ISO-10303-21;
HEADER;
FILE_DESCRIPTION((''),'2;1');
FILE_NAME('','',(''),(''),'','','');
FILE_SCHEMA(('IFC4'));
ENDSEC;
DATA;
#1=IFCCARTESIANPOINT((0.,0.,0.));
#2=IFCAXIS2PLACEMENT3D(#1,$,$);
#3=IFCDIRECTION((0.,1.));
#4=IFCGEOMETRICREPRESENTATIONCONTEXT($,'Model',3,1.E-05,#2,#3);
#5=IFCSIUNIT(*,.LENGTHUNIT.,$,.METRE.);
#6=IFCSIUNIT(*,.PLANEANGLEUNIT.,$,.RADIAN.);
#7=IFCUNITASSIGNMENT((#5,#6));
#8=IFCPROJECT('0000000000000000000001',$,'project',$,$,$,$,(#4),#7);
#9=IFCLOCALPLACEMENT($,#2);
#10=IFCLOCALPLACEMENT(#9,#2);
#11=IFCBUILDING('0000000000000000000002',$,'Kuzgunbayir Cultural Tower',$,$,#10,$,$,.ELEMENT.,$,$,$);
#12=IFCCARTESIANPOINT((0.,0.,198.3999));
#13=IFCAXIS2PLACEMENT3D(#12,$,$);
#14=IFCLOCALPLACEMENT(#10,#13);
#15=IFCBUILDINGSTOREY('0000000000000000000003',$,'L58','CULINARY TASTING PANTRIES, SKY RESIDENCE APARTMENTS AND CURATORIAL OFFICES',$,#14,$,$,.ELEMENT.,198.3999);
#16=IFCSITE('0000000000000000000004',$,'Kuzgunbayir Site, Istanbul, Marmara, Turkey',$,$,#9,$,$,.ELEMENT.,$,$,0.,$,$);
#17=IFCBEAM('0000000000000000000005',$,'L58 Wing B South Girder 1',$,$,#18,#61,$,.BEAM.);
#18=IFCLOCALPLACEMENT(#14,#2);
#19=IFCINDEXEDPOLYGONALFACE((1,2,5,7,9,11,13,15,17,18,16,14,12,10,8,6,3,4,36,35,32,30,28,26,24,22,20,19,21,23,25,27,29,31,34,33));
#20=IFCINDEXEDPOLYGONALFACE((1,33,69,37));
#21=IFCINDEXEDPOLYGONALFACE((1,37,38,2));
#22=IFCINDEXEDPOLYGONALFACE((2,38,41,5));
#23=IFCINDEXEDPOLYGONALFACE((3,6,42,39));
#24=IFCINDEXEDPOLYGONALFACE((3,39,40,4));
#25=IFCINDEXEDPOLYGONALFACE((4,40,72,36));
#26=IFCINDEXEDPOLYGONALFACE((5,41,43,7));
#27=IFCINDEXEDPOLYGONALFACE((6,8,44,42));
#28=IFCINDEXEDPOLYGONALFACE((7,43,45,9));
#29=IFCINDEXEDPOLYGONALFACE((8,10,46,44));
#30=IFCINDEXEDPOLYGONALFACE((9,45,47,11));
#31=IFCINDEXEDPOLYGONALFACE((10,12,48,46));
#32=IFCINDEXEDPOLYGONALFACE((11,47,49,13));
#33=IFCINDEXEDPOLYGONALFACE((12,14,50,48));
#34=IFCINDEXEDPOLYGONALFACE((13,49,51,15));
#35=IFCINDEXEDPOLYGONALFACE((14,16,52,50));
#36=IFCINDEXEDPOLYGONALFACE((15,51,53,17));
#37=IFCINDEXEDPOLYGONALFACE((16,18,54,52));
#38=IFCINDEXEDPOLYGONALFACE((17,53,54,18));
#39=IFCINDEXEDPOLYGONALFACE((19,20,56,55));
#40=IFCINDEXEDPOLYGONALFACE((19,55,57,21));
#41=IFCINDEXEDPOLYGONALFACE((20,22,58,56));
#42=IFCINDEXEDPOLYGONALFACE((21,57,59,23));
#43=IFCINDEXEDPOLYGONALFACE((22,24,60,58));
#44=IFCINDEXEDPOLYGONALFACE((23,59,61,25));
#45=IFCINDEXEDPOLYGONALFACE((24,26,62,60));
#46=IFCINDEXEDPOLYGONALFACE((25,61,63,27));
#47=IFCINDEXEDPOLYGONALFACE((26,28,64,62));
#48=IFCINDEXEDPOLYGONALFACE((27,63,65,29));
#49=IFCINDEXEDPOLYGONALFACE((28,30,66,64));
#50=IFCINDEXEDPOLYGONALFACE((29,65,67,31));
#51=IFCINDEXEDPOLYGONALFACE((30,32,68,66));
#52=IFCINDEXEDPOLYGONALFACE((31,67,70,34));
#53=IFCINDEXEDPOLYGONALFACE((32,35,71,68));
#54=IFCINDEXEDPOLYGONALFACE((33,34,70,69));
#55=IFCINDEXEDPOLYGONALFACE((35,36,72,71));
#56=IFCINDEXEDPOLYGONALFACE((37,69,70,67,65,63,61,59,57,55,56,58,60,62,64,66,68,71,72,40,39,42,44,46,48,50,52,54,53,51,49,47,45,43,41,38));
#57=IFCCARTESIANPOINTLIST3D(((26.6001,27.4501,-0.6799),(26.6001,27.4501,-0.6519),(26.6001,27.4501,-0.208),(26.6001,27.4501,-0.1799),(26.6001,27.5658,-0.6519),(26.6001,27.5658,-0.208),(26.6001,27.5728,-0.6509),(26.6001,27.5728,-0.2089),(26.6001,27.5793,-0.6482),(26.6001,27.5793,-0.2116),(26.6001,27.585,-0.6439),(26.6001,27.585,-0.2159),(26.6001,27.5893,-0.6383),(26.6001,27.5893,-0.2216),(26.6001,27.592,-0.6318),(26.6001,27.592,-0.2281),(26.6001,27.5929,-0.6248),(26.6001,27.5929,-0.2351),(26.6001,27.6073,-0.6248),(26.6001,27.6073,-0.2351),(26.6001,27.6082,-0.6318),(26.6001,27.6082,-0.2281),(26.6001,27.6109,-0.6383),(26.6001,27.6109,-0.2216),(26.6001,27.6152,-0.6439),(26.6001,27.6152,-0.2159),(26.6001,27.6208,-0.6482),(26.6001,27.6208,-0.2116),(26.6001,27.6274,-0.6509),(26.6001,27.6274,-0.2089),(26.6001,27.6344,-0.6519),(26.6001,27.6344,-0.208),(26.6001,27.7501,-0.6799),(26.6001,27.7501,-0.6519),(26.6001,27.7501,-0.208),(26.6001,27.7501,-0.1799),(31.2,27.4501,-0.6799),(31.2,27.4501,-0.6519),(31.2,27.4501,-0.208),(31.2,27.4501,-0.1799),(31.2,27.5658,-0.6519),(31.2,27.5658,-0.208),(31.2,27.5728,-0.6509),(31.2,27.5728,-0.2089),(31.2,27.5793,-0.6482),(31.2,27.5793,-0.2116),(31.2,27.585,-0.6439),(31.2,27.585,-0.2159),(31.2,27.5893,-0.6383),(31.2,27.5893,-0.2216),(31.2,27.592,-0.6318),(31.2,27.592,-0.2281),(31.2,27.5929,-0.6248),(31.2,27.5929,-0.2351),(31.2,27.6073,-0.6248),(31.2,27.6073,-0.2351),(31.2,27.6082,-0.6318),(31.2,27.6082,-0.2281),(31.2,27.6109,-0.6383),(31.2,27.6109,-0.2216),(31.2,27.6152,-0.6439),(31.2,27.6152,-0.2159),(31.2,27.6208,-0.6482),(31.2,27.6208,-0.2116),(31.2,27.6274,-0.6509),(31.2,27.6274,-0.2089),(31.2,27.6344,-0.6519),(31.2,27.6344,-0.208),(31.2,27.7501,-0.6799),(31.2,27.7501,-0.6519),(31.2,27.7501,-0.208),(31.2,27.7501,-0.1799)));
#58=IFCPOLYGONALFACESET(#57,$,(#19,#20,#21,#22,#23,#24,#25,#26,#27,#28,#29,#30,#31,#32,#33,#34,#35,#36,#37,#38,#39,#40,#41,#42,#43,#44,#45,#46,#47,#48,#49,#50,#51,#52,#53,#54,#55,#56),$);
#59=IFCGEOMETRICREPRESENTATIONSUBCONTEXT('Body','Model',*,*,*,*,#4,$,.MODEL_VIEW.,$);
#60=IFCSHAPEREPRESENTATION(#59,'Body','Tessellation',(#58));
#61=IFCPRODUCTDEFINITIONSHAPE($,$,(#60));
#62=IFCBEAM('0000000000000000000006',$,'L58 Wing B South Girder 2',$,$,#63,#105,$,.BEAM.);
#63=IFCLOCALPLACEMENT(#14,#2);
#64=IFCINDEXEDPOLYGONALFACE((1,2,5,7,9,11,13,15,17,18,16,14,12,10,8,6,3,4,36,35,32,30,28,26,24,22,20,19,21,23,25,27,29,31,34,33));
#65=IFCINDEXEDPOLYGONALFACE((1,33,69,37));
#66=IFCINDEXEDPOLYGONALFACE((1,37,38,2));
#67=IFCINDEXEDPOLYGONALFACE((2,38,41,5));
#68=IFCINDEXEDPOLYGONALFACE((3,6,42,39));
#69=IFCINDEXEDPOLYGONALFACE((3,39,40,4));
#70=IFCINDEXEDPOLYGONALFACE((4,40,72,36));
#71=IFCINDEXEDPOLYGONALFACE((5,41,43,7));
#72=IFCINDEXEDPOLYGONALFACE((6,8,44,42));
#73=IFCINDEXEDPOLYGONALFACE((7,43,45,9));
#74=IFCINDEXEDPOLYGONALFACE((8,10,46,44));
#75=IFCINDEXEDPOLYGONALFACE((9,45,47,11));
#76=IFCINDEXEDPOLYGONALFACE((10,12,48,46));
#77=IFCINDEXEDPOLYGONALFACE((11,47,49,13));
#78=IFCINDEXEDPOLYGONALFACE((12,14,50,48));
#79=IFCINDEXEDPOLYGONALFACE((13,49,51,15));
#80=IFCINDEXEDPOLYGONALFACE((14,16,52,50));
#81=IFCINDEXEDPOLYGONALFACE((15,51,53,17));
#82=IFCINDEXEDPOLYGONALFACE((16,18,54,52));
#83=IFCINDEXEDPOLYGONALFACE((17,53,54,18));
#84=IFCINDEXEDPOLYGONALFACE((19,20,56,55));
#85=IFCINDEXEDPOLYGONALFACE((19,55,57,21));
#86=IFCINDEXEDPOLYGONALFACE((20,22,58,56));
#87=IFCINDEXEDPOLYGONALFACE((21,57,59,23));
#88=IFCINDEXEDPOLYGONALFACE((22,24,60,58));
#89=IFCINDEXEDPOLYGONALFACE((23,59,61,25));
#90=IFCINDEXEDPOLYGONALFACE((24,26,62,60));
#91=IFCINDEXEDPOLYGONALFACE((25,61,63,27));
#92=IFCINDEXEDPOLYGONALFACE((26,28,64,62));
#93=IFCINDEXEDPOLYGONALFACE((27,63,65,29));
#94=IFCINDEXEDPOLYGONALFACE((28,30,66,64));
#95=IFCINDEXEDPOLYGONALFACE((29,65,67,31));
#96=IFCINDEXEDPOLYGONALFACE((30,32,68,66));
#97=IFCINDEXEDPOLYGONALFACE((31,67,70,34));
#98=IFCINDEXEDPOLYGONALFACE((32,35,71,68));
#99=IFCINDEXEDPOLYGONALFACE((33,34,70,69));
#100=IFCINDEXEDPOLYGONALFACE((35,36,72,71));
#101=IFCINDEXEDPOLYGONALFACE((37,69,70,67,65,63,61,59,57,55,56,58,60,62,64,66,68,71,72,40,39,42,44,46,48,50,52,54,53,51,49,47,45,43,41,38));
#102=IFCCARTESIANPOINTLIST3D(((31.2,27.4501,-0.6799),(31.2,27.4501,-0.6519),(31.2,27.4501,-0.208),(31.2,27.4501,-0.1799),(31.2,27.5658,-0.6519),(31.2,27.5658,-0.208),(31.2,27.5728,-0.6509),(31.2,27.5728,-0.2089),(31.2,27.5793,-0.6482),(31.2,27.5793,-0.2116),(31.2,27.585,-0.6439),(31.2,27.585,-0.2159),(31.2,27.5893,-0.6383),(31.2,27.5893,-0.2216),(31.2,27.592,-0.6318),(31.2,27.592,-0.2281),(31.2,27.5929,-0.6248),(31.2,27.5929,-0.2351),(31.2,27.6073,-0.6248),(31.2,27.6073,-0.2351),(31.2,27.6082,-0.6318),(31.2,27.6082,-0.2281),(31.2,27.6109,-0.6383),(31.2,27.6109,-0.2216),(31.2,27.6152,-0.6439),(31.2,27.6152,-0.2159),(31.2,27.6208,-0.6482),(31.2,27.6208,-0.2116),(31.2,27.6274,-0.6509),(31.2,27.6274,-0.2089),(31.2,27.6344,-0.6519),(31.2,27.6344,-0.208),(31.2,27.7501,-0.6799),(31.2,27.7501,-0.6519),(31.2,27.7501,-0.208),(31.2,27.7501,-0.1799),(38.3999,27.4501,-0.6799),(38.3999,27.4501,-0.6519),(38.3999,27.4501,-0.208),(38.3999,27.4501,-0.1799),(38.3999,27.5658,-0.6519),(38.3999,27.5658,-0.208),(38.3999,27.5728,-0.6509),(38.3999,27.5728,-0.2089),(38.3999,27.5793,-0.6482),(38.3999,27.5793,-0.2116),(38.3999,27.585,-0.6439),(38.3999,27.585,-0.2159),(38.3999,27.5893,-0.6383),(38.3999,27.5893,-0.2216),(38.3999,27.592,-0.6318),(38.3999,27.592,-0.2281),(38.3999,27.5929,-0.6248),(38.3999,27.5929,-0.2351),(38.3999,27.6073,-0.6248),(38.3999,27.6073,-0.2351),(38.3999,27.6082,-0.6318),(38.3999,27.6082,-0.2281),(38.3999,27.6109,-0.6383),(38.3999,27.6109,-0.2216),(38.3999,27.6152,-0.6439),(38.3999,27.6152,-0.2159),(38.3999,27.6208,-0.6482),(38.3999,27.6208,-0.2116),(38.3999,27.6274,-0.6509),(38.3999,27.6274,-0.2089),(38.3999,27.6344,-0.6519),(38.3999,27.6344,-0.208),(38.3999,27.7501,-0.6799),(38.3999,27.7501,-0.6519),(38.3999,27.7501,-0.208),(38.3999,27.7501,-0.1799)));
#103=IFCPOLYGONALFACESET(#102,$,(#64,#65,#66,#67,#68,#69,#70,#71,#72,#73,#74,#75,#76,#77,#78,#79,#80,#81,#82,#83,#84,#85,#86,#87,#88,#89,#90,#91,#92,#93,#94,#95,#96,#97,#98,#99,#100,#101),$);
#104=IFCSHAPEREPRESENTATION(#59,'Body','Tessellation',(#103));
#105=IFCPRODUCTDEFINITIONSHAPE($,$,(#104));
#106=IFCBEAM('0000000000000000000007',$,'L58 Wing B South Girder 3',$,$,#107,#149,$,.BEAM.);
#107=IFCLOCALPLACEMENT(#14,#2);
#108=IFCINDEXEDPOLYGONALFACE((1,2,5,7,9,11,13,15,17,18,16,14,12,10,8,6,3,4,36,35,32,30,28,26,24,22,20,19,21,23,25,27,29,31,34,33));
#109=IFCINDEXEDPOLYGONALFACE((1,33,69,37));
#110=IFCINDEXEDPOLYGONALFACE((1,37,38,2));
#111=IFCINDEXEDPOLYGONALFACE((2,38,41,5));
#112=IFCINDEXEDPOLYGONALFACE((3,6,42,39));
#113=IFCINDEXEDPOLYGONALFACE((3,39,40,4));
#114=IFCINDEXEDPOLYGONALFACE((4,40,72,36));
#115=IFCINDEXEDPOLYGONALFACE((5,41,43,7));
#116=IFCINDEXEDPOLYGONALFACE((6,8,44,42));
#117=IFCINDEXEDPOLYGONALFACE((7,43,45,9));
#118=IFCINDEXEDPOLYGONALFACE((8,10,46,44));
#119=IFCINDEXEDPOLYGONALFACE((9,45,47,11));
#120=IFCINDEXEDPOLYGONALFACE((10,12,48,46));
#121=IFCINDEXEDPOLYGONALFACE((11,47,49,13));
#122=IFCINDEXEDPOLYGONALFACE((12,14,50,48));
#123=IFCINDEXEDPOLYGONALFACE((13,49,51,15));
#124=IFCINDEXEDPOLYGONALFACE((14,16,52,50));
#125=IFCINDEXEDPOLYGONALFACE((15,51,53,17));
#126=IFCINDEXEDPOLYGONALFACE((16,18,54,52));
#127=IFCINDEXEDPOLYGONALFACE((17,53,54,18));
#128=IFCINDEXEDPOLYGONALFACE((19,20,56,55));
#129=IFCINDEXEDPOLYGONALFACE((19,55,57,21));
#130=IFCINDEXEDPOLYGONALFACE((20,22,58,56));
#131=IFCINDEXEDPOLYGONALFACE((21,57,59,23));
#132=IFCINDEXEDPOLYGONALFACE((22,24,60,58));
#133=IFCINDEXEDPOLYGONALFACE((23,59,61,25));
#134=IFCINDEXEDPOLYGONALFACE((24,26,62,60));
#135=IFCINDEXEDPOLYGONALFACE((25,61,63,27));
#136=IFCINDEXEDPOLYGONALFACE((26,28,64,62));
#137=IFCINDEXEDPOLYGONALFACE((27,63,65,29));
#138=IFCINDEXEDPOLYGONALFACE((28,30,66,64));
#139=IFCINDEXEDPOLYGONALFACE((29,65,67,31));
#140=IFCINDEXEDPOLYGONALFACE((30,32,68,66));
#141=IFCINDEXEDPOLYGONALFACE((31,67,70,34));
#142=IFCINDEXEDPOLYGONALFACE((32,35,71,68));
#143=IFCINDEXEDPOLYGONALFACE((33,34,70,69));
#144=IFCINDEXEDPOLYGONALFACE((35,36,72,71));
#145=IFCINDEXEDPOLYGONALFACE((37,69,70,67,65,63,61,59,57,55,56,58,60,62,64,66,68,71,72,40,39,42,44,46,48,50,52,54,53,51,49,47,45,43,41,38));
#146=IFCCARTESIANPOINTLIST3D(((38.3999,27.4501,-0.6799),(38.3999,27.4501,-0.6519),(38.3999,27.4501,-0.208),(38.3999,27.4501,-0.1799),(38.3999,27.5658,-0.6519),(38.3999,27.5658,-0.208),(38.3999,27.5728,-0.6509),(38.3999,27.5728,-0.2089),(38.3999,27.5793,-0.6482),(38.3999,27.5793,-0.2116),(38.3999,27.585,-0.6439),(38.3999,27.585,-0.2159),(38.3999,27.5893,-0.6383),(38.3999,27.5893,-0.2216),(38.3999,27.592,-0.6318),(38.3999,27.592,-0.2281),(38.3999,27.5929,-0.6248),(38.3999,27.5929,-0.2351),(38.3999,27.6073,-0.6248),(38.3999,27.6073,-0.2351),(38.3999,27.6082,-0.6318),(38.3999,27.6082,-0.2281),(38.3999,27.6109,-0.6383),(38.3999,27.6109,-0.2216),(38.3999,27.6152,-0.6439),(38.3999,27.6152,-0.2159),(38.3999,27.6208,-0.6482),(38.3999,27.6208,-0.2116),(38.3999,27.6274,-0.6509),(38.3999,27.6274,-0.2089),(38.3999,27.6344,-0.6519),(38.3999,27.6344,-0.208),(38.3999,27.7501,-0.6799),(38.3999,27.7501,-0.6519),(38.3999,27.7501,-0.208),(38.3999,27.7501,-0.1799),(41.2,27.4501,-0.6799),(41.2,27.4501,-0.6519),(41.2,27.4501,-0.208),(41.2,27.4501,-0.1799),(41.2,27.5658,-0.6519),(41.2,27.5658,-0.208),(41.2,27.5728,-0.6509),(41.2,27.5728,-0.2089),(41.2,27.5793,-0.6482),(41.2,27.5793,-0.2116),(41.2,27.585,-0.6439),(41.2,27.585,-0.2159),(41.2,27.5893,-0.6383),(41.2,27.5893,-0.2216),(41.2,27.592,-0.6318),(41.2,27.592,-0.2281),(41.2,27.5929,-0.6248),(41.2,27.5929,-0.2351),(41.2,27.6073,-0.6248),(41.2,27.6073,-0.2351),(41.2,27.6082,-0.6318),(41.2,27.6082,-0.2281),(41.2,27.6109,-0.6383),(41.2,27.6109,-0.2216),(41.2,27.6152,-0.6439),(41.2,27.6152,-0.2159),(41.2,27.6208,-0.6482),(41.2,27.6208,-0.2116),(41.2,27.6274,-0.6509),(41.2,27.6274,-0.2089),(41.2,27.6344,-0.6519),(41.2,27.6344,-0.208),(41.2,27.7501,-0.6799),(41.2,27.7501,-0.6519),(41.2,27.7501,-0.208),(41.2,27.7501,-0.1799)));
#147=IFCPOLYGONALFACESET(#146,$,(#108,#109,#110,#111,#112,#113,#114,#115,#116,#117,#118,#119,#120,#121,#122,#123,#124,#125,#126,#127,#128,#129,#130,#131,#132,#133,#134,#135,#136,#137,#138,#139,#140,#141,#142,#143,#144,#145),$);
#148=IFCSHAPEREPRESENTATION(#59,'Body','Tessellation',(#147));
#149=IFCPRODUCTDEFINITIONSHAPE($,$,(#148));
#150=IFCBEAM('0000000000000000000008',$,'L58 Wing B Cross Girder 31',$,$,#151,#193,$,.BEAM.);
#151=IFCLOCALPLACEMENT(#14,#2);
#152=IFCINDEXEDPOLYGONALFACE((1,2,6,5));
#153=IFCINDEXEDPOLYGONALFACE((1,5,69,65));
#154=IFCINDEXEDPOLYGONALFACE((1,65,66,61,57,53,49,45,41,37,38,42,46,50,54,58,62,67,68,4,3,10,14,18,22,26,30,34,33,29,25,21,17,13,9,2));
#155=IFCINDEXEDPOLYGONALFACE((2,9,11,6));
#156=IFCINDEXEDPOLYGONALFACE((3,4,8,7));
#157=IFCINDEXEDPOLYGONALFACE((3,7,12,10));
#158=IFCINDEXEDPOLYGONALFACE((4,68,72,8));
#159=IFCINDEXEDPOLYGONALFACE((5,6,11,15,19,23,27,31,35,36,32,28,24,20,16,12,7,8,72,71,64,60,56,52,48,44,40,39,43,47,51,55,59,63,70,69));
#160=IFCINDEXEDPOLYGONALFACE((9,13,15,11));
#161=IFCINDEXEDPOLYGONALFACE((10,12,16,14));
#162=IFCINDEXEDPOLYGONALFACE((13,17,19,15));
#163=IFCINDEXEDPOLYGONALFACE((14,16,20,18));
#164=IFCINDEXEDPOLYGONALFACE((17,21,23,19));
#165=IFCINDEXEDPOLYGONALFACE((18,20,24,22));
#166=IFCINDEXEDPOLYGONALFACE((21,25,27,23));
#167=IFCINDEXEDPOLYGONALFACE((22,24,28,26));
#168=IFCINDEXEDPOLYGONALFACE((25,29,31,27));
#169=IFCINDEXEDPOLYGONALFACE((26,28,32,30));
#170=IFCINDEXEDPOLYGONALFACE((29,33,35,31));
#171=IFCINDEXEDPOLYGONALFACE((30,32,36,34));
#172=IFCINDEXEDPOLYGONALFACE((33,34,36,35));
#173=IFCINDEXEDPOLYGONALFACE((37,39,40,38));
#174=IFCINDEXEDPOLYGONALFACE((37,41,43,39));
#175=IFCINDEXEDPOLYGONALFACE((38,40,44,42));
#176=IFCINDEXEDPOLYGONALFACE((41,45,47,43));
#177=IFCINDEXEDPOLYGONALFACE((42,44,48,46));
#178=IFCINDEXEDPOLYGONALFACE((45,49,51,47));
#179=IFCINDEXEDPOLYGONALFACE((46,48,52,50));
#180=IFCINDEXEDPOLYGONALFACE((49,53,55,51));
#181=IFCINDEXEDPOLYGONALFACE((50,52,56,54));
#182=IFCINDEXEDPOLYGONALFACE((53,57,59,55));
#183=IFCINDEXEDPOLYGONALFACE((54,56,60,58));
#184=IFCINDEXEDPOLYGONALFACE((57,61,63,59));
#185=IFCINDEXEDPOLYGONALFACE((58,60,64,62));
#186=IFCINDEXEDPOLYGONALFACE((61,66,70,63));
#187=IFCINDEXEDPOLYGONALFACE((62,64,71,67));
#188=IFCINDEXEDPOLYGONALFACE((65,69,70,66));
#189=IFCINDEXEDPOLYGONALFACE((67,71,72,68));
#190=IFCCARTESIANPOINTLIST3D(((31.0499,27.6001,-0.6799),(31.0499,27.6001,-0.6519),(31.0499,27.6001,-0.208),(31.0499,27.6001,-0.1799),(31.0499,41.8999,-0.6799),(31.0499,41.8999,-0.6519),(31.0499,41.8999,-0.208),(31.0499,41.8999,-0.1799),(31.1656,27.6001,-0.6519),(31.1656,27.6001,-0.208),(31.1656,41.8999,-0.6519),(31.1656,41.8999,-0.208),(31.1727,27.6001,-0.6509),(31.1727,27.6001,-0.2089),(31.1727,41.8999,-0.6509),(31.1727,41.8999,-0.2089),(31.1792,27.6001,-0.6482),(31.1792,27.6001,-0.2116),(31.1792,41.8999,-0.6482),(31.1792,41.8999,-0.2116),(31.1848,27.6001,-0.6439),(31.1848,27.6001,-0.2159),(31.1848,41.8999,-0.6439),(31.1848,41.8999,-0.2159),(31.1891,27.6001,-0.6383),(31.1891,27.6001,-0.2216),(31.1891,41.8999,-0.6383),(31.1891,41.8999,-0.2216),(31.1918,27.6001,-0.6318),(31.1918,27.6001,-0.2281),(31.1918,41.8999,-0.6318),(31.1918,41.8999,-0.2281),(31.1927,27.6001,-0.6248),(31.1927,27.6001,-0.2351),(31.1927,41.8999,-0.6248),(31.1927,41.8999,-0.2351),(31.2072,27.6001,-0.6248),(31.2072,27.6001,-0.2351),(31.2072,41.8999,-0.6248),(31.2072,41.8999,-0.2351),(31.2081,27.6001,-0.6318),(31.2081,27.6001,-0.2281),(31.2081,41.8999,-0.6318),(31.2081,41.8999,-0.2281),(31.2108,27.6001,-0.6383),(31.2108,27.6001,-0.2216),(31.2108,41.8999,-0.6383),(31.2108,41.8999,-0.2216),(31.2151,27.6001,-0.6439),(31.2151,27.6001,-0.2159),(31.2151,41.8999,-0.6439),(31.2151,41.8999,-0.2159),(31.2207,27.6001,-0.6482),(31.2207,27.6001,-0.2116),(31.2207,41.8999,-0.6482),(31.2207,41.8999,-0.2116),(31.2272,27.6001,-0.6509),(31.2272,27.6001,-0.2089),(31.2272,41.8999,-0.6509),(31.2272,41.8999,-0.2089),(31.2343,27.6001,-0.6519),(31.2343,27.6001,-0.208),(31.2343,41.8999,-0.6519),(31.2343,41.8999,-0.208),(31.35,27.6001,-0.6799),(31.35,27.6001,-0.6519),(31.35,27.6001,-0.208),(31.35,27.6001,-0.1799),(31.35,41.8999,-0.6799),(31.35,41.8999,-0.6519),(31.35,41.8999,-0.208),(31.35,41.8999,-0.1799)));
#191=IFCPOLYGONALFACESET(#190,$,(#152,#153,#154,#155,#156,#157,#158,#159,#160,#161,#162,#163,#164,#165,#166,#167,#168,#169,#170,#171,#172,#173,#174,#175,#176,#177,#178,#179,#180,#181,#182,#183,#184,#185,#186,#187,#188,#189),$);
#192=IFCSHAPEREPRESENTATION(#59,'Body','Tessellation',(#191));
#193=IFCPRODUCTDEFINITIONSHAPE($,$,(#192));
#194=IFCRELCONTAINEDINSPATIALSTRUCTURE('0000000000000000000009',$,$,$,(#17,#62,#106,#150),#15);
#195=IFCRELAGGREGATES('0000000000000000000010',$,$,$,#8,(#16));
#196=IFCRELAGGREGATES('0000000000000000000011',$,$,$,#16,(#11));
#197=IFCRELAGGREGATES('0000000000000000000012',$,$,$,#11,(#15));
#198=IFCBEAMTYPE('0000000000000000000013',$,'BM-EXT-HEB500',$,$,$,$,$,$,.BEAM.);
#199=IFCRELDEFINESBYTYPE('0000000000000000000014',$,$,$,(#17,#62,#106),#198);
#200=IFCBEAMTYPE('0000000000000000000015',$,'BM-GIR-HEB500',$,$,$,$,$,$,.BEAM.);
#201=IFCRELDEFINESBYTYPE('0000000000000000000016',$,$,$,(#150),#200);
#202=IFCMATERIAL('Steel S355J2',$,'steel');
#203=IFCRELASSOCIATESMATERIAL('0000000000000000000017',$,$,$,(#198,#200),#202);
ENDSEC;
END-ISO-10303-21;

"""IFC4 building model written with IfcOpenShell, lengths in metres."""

from ifc_helpers import new_model, si_unit, direction, frame, origin, origin_2d, place, context, subcontext, project, spatial, i_section, extrude, material, material_profile, profile_set, type_object, element, save


model = new_model("IFC4")

# Units and contexts
model_context = context("Model", 3, precision=1e-05, world=origin(), true_north=direction((0.0, 1.0)))
body_context = subcontext(model_context, "Body", "Model", "MODEL_VIEW")
ifc_project = project(units=[si_unit("LENGTHUNIT", "METRE"), si_unit("PLANEANGLEUNIT", "RADIAN")], contexts=[model_context])

# Site, building, storey
site_placement = place(None, origin())
site = spatial("IfcSite", under=ifc_project, at=site_placement, Name="Kuzgunbayir Site, Istanbul, Marmara, Turkey", CompositionType="ELEMENT", RefElevation=0.0)
building_placement = place(site_placement, origin())
building = spatial("IfcBuilding", under=site, at=building_placement, Name="Kuzgunbayir Cultural Tower", CompositionType="ELEMENT")
storey_placement = place(building_placement, frame((0.0, 0.0, 198.3999)))
storey = spatial("IfcBuildingStorey", under=building, at=storey_placement, Name="L58", Description="CULINARY TASTING PANTRIES, SKY RESIDENCE APARTMENTS AND CURATORIAL OFFICES", CompositionType="ELEMENT", Elevation=198.3999)

# Beams
ifc_material_1 = material(Name="Steel S355J2", Category="steel")
ifc_material_profile_1 = material_profile(ifc_material_1, i_section(OverallWidth=0.3, OverallDepth=0.5, WebThickness=0.0144, FlangeThickness=0.0281, FilletRadius=0.0271, at=origin_2d()), Name="HEB 500")
ifc_profile_set_1 = profile_set([ifc_material_profile_1], Name="Steel S355J2")
beam_type_1 = type_object("IfcBeamType", Name="BM-EXT-HEB500", PredefinedType="BEAM", material=ifc_profile_set_1)
beam_1_placement = place(storey_placement, frame((26.6001, 27.6001, -0.4299), z_axis=(1.0, 0.0, 0.0), x_axis=(0.0, 1.0, 0.0)))
element("IfcBeam", 1, at=beam_1_placement, inside=storey, type_object=beam_type_1, Name="L58 Wing B South Girder 1", PredefinedType="BEAM", context=body_context, shape_type="SweptSolid", body=[
    extrude(i_section(OverallWidth=0.3, OverallDepth=0.5, WebThickness=0.0144, FlangeThickness=0.0281, FilletRadius=0.0271, at=origin_2d()), origin(), (0.0, 0.0, 1.0), 4.5999),
])
beam_2_placement = place(storey_placement, frame((31.2, 27.6001, -0.4299), z_axis=(1.0, 0.0, 0.0), x_axis=(0.0, 1.0, 0.0)))
element("IfcBeam", 2, at=beam_2_placement, inside=storey, type_object=beam_type_1, Name="L58 Wing B South Girder 2", PredefinedType="BEAM", context=body_context, shape_type="SweptSolid", body=[
    extrude(i_section(OverallWidth=0.3, OverallDepth=0.5, WebThickness=0.0144, FlangeThickness=0.0281, FilletRadius=0.0271, at=origin_2d()), origin(), (0.0, 0.0, 1.0), 7.2),
])
beam_3_placement = place(storey_placement, frame((38.3999, 27.6001, -0.4299), z_axis=(1.0, 0.0, 0.0), x_axis=(0.0, 1.0, 0.0)))
element("IfcBeam", 3, at=beam_3_placement, inside=storey, type_object=beam_type_1, Name="L58 Wing B South Girder 3", PredefinedType="BEAM", context=body_context, shape_type="SweptSolid", body=[
    extrude(i_section(OverallWidth=0.3, OverallDepth=0.5, WebThickness=0.0144, FlangeThickness=0.0281, FilletRadius=0.0271, at=origin_2d()), origin(), (0.0, 0.0, 1.0), 2.8),
])
ifc_material_profile_2 = material_profile(ifc_material_1, i_section(OverallWidth=0.3, OverallDepth=0.5, WebThickness=0.0144, FlangeThickness=0.0281, FilletRadius=0.0271, at=origin_2d()), Name="HEB 500")
ifc_profile_set_2 = profile_set([ifc_material_profile_2], Name="Steel S355J2")
beam_type_2 = type_object("IfcBeamType", Name="BM-GIR-HEB500", PredefinedType="BEAM", material=ifc_profile_set_2)
beam_4_placement = place(storey_placement, frame((31.2, 27.6001, -0.4299), z_axis=(0.0, 1.0, 0.0), x_axis=(-1.0, 0.0, 0.0)))
element("IfcBeam", 4, at=beam_4_placement, inside=storey, type_object=beam_type_2, Name="L58 Wing B Cross Girder 31", PredefinedType="BEAM", context=body_context, shape_type="SweptSolid", body=[
    extrude(i_section(OverallWidth=0.3, OverallDepth=0.5, WebThickness=0.0144, FlangeThickness=0.0281, FilletRadius=0.0271, at=origin_2d()), origin(), (0.0, 0.0, 1.0), 14.2998),
])

save(model, "model.ifc")
